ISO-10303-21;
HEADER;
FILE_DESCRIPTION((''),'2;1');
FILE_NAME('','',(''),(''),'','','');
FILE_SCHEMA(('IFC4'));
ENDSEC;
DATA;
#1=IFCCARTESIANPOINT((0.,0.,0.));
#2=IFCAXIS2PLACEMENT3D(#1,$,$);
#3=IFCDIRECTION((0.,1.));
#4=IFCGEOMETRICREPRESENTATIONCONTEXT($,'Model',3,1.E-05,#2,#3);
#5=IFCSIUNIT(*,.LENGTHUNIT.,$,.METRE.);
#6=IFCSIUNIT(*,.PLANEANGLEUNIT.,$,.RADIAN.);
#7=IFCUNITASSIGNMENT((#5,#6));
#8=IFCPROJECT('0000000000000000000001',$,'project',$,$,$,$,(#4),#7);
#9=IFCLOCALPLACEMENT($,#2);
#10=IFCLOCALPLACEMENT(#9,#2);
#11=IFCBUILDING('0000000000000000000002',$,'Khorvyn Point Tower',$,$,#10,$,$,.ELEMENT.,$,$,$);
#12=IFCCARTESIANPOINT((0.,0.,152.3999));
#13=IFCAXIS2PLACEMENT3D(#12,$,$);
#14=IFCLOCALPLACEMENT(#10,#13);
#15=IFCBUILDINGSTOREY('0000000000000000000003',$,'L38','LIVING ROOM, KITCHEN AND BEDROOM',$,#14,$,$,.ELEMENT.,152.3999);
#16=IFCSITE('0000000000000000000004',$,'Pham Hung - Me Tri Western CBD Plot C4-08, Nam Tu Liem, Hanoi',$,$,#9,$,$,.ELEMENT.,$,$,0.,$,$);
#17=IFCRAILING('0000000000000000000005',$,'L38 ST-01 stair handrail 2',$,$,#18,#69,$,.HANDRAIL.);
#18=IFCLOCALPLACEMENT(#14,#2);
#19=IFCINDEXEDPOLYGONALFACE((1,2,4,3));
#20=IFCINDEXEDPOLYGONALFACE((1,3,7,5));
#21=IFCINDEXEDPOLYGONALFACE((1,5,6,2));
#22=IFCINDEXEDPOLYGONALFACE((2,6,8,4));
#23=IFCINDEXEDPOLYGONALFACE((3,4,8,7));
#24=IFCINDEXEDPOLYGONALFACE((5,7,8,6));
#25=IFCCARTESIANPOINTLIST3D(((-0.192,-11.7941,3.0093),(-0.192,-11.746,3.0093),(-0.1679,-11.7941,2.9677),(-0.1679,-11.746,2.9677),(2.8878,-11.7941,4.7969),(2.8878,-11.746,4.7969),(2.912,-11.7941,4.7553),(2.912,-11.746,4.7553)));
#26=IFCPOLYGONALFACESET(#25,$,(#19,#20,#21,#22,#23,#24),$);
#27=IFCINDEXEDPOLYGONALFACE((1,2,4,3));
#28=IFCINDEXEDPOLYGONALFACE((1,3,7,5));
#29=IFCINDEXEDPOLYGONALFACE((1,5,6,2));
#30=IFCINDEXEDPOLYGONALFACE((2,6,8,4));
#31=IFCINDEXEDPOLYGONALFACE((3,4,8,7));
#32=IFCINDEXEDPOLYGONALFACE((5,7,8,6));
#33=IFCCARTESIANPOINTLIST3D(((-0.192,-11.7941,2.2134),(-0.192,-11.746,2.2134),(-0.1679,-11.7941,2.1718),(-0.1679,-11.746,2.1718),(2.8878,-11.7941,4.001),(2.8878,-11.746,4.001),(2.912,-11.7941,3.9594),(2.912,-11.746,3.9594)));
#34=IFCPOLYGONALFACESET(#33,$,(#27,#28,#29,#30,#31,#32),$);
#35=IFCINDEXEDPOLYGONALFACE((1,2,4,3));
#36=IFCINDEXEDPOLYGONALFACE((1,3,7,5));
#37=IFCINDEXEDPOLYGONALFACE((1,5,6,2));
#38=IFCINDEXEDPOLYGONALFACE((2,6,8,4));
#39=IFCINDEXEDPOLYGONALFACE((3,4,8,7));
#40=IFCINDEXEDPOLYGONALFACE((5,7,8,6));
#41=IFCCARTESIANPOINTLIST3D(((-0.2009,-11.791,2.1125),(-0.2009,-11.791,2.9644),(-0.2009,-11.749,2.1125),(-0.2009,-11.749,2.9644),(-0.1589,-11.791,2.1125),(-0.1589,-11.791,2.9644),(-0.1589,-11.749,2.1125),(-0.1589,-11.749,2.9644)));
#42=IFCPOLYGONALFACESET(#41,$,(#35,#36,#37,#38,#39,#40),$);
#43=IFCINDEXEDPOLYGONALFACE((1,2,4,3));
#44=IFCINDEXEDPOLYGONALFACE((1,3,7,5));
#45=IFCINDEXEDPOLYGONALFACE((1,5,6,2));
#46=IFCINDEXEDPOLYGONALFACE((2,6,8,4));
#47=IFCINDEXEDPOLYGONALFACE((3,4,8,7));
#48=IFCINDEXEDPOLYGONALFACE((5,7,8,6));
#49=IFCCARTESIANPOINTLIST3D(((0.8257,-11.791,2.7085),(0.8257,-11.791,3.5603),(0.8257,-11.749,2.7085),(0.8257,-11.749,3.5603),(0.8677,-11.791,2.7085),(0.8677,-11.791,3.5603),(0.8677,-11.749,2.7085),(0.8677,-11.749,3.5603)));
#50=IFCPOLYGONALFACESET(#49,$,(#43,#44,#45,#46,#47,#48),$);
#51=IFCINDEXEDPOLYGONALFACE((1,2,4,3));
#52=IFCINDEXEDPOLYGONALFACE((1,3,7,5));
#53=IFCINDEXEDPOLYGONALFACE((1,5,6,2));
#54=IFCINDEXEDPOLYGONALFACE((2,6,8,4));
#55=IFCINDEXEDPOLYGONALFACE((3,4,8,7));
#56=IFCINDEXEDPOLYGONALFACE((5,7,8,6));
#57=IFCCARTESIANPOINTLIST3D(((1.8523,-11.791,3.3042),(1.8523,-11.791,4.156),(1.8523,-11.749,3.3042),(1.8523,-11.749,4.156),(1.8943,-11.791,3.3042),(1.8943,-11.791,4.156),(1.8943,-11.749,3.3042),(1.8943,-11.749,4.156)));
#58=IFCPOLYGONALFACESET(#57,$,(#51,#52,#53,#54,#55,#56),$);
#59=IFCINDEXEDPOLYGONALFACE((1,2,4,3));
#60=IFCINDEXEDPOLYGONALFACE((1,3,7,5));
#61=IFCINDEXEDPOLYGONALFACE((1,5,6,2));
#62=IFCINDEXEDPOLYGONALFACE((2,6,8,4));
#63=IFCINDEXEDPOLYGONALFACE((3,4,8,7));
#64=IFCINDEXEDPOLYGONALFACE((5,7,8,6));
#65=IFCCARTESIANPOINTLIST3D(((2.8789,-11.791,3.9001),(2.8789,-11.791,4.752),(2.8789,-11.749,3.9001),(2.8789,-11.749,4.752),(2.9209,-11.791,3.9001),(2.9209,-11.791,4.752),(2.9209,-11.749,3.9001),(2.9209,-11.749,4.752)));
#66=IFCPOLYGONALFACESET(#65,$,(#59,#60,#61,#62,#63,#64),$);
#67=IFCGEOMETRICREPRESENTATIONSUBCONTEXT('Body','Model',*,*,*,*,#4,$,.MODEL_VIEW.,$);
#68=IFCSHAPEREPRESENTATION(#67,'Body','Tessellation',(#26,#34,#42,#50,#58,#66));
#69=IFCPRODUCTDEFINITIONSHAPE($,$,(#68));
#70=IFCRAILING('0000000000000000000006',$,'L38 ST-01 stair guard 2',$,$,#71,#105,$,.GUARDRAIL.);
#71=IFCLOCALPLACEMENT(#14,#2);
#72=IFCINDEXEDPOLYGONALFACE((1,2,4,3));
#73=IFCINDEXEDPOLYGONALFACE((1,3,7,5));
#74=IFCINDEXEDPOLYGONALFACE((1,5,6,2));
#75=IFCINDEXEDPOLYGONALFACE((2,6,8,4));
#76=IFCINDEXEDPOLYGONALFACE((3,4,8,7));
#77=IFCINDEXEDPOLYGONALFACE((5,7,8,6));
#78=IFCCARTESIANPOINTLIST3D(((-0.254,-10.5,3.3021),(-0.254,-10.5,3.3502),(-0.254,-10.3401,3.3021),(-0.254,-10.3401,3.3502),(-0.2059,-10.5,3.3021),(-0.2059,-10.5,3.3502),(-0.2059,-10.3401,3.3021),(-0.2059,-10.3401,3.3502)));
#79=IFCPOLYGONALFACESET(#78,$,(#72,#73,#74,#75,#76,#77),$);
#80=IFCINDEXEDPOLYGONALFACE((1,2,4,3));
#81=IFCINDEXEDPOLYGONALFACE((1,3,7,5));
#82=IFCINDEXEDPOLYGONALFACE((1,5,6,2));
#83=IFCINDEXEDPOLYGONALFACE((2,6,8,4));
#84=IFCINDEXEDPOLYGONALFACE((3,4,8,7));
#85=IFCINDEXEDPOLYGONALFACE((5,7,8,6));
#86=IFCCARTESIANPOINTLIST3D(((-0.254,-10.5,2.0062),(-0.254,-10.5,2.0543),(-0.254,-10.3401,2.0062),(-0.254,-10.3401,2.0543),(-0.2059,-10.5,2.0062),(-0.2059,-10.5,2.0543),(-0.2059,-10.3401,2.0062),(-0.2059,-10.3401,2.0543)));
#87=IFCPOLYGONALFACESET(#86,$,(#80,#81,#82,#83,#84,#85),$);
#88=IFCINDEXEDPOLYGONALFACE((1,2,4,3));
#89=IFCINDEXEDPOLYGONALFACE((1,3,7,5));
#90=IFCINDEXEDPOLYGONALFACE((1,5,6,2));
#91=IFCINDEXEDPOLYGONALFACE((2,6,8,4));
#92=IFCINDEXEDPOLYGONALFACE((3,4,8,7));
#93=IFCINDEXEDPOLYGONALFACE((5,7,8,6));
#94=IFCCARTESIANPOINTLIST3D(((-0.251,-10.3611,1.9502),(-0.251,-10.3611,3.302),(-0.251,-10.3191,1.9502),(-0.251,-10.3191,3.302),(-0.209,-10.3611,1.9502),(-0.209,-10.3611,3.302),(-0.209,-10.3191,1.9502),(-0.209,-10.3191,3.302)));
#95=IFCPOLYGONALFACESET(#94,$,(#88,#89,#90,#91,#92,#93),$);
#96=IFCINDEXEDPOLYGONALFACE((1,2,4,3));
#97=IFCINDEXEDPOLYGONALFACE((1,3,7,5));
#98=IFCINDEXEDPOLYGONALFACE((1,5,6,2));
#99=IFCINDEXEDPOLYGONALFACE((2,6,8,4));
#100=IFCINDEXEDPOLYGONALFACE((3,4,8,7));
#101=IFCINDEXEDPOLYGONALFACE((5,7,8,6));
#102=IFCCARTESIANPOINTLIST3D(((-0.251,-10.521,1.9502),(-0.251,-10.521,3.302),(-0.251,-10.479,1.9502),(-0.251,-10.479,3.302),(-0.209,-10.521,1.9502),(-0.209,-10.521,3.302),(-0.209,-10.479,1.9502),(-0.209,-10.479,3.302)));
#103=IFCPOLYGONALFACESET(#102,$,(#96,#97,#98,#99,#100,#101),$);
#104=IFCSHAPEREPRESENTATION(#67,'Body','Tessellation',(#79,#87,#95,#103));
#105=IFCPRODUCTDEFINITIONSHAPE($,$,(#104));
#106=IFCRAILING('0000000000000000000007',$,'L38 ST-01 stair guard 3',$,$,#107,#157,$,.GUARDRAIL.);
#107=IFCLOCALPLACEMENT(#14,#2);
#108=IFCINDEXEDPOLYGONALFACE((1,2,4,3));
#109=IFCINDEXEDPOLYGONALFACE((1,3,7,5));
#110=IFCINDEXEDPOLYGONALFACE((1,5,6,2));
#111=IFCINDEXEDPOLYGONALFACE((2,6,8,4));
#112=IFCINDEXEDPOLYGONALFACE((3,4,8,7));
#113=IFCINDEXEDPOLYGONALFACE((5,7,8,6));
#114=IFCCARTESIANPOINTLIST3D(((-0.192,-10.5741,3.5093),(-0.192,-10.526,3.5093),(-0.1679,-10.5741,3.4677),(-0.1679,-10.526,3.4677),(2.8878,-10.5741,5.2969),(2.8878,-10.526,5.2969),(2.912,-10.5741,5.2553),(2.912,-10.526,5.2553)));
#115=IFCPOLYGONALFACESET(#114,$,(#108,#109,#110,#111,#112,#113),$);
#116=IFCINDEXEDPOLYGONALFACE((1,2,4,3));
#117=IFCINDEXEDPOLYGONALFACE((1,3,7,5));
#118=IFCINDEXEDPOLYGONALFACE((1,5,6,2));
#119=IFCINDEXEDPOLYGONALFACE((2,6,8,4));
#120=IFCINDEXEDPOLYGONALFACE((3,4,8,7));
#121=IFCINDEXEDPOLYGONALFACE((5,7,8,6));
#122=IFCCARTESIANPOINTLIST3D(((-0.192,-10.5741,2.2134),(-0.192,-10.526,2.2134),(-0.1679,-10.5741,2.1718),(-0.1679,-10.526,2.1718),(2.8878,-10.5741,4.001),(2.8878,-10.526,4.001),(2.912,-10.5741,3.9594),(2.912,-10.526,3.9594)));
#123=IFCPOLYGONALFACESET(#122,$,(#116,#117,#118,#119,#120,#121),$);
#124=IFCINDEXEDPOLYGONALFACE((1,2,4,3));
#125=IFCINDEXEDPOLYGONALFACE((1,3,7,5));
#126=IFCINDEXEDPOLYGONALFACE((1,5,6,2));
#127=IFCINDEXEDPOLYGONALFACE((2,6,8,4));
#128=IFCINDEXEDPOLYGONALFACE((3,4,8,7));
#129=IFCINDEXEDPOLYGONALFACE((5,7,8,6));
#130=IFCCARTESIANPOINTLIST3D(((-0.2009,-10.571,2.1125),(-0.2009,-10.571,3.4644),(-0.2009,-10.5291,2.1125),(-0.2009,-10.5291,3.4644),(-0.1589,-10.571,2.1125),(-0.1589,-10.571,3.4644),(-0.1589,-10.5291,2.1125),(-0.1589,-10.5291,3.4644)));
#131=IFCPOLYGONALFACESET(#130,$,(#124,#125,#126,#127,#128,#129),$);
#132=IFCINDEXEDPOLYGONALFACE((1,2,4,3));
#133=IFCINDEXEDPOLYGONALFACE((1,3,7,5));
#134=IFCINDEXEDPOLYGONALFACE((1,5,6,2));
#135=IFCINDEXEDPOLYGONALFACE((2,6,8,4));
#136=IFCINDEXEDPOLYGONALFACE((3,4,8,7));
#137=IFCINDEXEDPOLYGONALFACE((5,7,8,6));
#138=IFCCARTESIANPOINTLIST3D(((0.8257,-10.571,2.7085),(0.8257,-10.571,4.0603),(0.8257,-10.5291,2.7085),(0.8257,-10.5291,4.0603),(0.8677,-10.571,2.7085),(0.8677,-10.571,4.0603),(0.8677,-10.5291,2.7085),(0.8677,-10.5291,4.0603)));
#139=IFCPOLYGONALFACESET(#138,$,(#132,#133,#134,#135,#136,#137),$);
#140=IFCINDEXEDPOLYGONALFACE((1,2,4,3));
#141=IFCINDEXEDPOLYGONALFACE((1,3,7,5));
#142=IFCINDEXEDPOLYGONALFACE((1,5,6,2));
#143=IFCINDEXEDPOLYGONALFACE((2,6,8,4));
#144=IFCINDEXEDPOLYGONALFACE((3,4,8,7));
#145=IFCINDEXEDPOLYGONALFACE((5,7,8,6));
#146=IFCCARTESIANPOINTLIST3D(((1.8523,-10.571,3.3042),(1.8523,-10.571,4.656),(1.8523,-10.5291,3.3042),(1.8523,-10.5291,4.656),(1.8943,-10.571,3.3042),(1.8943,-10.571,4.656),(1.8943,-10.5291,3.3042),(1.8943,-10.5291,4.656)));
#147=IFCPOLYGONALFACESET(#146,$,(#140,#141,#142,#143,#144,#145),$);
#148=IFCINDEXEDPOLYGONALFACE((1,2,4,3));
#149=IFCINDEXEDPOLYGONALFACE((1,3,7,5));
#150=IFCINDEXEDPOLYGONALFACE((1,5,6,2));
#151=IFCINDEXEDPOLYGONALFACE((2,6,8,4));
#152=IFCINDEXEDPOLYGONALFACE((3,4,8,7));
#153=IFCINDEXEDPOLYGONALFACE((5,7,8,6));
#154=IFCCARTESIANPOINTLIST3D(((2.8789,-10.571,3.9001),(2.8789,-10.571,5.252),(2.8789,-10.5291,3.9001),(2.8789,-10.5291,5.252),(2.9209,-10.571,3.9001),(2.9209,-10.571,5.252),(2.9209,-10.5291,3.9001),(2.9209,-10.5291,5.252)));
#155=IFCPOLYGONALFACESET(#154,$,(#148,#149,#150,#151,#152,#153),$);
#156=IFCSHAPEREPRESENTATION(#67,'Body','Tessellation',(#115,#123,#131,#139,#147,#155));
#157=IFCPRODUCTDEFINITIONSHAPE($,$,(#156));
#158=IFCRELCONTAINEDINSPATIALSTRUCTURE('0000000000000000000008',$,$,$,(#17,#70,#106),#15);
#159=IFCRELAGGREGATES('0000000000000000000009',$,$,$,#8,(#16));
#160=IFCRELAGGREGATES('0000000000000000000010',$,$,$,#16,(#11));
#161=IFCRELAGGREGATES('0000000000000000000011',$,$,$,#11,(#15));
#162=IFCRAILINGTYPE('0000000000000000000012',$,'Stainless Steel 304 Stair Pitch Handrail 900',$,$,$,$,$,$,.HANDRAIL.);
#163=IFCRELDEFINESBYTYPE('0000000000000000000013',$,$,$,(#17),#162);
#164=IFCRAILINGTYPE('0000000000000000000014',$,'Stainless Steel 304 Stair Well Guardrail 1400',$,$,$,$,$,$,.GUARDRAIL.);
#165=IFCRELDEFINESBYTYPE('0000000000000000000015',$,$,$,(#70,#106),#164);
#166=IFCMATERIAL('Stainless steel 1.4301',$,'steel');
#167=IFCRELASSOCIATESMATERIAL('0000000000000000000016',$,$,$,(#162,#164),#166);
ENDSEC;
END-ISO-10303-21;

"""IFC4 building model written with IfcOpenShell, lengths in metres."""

from ifc_helpers import new_model, si_unit, direction, frame, origin, origin_2d, place, context, subcontext, project, spatial, rectangle, extrude, material, type_object, element, save


model = new_model("IFC4")

# Units and contexts
model_context = context("Model", 3, precision=1e-05, world=origin(), true_north=direction((0.0, 1.0)))
body_context = subcontext(model_context, "Body", "Model", "MODEL_VIEW")
ifc_project = project(units=[si_unit("LENGTHUNIT", "METRE"), si_unit("PLANEANGLEUNIT", "RADIAN")], contexts=[model_context])

# Site, building, storey
site_placement = place(None, origin())
site = spatial("IfcSite", under=ifc_project, at=site_placement, Name="Pham Hung - Me Tri Western CBD Plot C4-08, Nam Tu Liem, Hanoi", CompositionType="ELEMENT", RefElevation=0.0)
building_placement = place(site_placement, origin())
building = spatial("IfcBuilding", under=site, at=building_placement, Name="Khorvyn Point Tower", CompositionType="ELEMENT")
storey_placement = place(building_placement, frame((0.0, 0.0, 152.3999)))
storey = spatial("IfcBuildingStorey", under=building, at=storey_placement, Name="L38", Description="LIVING ROOM, KITCHEN AND BEDROOM", CompositionType="ELEMENT", Elevation=152.3999)

# Railings
ifc_material_1 = material(Name="Stainless steel 1.4301", Category="steel")
railing_type_1 = type_object("IfcRailingType", Name="Stainless Steel 304 Stair Pitch Handrail 900", PredefinedType="HANDRAIL", material=ifc_material_1)
railing_1_placement = place(storey_placement, frame((-0.1799, -11.77, 2.1125)))
element("IfcRailing", 1, at=railing_1_placement, inside=storey, type_object=railing_type_1, Name="L38 ST-01 stair handrail 2", PredefinedType="HANDRAIL", context=body_context, shape_type="SweptSolid", body=[
    extrude(rectangle(XDim=0.0481, YDim=0.0481, at=origin_2d()), frame((0.0, 0.0, 0.876), z_axis=(0.864873, 0.0, 0.50199), x_axis=(0.0, 1.0, 0.0)), (0.0, 0.0, 1.0), 3.561),
    extrude(rectangle(XDim=0.0481, YDim=0.0481, at=origin_2d()), frame((0.0, 0.0, 0.0801), z_axis=(0.864873, 0.0, 0.50199), x_axis=(0.0, 1.0, 0.0)), (0.0, 0.0, 1.0), 3.561),
    extrude(rectangle(XDim=0.042, YDim=0.042, at=origin_2d()), origin(), (0.0, 0.0, 1.0), 0.8518),
    extrude(rectangle(XDim=0.042, YDim=0.042, at=origin_2d()), frame((1.0266, 0.0, 0.5959)), (0.0, 0.0, 1.0), 0.8518),
    extrude(rectangle(XDim=0.042, YDim=0.042, at=origin_2d()), frame((2.0532, 0.0, 1.1917)), (0.0, 0.0, 1.0), 0.8518),
    extrude(rectangle(XDim=0.042, YDim=0.042, at=origin_2d()), frame((3.0798, 0.0, 1.7876)), (0.0, 0.0, 1.0), 0.8518),
])
railing_type_2 = type_object("IfcRailingType", Name="Stainless Steel 304 Stair Well Guardrail 1400", PredefinedType="GUARDRAIL", material=ifc_material_1)
railing_2_placement = place(storey_placement, frame((-0.23, -10.3401, 1.9502)))
element("IfcRailing", 2, at=railing_2_placement, inside=storey, type_object=railing_type_2, Name="L38 ST-01 stair guard 2", PredefinedType="GUARDRAIL", context=body_context, shape_type="SweptSolid", body=[
    extrude(rectangle(XDim=0.0481, YDim=0.0481, at=origin_2d()), frame((0.0, 0.0, 1.376), z_axis=(0.0, -1.0, 0.0), x_axis=(1.0, 0.0, 0.0)), (0.0, 0.0, 1.0), 0.1599),
    extrude(rectangle(XDim=0.0481, YDim=0.0481, at=origin_2d()), frame((0.0, 0.0, 0.0801), z_axis=(0.0, -1.0, 0.0), x_axis=(1.0, 0.0, 0.0)), (0.0, 0.0, 1.0), 0.1599),
    extrude(rectangle(XDim=0.042, YDim=0.042, at=origin_2d()), origin(), (0.0, 0.0, 1.0), 1.3518),
    extrude(rectangle(XDim=0.042, YDim=0.042, at=origin_2d()), frame((0.0, -0.1599, 0.0)), (0.0, 0.0, 1.0), 1.3518),
])
railing_3_placement = place(storey_placement, frame((-0.1799, -10.55, 2.1125)))
element("IfcRailing", 3, at=railing_3_placement, inside=storey, type_object=railing_type_2, Name="L38 ST-01 stair guard 3", PredefinedType="GUARDRAIL", context=body_context, shape_type="SweptSolid", body=[
    extrude(rectangle(XDim=0.0481, YDim=0.0481, at=origin_2d()), frame((0.0, 0.0, 1.376), z_axis=(0.864873, 0.0, 0.50199), x_axis=(0.0, 1.0, 0.0)), (0.0, 0.0, 1.0), 3.561),
    extrude(rectangle(XDim=0.0481, YDim=0.0481, at=origin_2d()), frame((0.0, 0.0, 0.0801), z_axis=(0.864873, 0.0, 0.50199), x_axis=(0.0, 1.0, 0.0)), (0.0, 0.0, 1.0), 3.561),
    extrude(rectangle(XDim=0.042, YDim=0.042, at=origin_2d()), origin(), (0.0, 0.0, 1.0), 1.3518),
    extrude(rectangle(XDim=0.042, YDim=0.042, at=origin_2d()), frame((1.0266, 0.0, 0.5959)), (0.0, 0.0, 1.0), 1.3518),
    extrude(rectangle(XDim=0.042, YDim=0.042, at=origin_2d()), frame((2.0532, 0.0, 1.1917)), (0.0, 0.0, 1.0), 1.3518),
    extrude(rectangle(XDim=0.042, YDim=0.042, at=origin_2d()), frame((3.0798, 0.0, 1.7876)), (0.0, 0.0, 1.0), 1.3518),
])

save(model, "model.ifc")
